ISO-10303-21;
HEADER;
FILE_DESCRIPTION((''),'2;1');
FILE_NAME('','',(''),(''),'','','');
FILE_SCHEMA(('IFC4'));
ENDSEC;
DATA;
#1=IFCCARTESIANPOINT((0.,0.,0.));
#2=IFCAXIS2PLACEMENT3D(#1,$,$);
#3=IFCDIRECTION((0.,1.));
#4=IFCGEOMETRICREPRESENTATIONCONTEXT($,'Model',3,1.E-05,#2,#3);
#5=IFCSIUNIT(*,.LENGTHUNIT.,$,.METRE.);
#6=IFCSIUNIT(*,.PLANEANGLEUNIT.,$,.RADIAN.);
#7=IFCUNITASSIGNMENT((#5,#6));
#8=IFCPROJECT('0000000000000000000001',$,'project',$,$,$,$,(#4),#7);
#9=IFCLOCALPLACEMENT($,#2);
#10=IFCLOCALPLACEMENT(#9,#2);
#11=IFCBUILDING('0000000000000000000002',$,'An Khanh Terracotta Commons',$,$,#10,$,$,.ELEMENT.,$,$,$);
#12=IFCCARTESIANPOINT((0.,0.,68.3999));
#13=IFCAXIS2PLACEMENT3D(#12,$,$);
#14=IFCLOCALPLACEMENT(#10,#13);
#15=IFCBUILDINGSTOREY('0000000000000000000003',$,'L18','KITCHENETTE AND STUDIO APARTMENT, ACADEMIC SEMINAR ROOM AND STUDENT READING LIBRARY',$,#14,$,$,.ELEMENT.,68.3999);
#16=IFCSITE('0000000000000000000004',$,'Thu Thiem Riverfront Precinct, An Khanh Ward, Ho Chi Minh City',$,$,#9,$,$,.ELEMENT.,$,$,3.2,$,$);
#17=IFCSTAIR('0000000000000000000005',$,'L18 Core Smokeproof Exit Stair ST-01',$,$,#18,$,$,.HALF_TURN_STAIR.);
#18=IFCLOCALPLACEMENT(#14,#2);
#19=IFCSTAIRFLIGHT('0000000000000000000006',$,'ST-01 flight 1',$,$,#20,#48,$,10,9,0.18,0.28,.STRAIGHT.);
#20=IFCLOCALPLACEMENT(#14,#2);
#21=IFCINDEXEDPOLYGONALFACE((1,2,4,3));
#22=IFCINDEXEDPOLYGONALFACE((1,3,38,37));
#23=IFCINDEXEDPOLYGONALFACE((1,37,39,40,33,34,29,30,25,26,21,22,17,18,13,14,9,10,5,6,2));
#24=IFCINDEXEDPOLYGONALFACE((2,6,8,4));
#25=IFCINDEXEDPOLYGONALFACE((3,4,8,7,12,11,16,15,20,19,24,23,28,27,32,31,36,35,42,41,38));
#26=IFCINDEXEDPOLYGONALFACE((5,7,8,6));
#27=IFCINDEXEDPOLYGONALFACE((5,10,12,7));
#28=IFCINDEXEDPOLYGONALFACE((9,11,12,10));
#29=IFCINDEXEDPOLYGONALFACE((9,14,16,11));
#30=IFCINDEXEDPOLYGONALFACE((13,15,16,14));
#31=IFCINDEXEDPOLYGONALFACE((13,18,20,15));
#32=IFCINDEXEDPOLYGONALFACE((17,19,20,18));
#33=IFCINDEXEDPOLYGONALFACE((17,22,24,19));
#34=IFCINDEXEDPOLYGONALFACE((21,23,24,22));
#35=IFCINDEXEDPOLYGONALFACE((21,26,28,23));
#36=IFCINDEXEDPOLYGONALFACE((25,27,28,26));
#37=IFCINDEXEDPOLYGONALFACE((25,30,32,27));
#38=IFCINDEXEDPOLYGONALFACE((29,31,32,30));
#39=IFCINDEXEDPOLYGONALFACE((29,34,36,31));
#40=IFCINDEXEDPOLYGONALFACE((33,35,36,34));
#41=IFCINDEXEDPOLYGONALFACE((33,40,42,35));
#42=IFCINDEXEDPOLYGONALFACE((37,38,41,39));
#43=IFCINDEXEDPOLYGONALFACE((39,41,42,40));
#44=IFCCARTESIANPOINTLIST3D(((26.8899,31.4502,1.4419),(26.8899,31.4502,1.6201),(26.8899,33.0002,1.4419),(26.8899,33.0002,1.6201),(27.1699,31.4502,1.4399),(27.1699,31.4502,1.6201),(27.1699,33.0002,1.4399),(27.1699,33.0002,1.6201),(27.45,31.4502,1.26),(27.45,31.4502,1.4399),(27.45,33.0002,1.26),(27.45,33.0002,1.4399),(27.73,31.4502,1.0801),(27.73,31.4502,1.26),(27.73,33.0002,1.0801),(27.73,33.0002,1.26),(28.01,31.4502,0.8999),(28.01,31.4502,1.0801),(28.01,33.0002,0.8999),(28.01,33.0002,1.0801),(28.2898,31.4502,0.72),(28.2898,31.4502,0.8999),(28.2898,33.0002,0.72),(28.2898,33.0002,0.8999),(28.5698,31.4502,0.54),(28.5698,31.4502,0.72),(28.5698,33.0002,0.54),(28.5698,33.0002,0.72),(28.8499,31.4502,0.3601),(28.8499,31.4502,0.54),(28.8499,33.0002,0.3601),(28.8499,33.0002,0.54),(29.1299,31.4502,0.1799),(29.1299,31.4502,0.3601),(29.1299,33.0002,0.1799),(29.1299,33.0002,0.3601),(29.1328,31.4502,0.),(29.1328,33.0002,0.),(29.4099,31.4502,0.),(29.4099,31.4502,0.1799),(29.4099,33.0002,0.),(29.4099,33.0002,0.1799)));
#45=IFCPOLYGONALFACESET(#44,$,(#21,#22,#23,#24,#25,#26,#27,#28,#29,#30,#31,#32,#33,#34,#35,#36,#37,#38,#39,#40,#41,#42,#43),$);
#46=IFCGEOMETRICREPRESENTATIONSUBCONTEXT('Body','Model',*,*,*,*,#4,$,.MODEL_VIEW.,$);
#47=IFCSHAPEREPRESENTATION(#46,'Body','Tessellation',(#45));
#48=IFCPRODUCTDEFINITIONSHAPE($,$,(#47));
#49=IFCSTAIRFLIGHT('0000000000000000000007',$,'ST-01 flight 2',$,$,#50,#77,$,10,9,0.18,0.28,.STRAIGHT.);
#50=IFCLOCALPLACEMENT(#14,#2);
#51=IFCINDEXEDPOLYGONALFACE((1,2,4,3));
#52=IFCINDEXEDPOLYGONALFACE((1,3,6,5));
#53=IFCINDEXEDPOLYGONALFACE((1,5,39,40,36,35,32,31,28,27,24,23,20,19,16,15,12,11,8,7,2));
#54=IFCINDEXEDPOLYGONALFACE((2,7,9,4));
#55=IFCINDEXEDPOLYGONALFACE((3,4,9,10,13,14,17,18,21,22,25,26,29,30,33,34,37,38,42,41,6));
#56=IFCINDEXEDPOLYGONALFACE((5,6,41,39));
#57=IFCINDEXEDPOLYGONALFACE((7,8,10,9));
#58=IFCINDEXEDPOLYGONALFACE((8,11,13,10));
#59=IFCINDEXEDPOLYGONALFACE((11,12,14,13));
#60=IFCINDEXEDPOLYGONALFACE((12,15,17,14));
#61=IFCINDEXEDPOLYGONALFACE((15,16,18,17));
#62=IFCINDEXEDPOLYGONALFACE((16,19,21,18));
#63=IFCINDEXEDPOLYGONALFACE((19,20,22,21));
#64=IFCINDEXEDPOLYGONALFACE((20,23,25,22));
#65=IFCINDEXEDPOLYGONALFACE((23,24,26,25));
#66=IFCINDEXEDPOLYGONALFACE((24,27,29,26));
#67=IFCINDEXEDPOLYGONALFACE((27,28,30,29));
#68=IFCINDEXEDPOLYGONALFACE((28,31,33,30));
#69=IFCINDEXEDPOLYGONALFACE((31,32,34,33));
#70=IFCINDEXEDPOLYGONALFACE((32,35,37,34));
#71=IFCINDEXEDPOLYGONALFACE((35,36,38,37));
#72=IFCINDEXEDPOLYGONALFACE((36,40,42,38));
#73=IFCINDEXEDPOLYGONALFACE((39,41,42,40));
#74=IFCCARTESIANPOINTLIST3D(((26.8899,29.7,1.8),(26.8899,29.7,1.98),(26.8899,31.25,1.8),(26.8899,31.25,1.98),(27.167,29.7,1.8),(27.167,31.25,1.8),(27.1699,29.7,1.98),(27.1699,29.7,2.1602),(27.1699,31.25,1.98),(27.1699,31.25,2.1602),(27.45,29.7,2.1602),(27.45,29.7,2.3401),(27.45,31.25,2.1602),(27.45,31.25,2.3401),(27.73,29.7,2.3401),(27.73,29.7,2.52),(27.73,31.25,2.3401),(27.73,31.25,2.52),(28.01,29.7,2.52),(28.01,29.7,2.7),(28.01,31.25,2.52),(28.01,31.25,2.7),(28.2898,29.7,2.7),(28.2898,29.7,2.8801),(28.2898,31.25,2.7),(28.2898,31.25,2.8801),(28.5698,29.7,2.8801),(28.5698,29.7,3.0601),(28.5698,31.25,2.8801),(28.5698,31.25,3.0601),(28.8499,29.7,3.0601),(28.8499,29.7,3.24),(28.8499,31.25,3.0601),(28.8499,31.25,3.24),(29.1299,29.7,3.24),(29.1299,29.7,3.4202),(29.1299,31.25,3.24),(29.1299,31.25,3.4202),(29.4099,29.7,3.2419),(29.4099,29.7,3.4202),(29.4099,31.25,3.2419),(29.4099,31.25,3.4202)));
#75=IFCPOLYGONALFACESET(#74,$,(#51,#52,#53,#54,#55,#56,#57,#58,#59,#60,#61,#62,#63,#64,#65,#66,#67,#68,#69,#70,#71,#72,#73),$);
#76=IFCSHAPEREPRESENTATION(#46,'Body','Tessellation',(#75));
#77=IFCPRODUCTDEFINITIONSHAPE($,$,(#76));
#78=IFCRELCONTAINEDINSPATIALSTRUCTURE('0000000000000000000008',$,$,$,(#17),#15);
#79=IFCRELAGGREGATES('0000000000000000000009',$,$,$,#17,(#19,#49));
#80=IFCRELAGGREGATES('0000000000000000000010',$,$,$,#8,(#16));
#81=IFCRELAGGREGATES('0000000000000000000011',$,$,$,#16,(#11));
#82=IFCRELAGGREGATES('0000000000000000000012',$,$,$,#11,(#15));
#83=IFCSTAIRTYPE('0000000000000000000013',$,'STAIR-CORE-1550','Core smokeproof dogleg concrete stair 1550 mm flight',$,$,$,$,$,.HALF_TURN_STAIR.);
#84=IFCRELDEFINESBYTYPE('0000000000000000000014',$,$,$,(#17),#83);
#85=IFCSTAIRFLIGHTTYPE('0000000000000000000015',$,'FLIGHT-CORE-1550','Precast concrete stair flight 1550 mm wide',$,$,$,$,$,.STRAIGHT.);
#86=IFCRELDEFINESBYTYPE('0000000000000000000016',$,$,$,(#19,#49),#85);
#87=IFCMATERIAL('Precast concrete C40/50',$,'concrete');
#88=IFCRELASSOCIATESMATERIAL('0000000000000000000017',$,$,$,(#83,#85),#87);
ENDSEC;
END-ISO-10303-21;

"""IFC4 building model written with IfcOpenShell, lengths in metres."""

from ifc_helpers import new_model, si_unit, direction, frame, origin, place, context, subcontext, project, spatial, polyline, outline, extrude, material, type_object, element, aggregate, save


model = new_model("IFC4")

# Units and contexts
model_context = context("Model", 3, precision=1e-05, world=origin(), true_north=direction((0.0, 1.0)))
body_context = subcontext(model_context, "Body", "Model", "MODEL_VIEW")
ifc_project = project(units=[si_unit("LENGTHUNIT", "METRE"), si_unit("PLANEANGLEUNIT", "RADIAN")], contexts=[model_context])

# Site, building, storey
site_placement = place(None, origin())
site = spatial("IfcSite", under=ifc_project, at=site_placement, Name="Thu Thiem Riverfront Precinct, An Khanh Ward, Ho Chi Minh City", CompositionType="ELEMENT", RefElevation=3.2)
building_placement = place(site_placement, origin())
building = spatial("IfcBuilding", under=site, at=building_placement, Name="An Khanh Terracotta Commons", CompositionType="ELEMENT")
storey_placement = place(building_placement, frame((0.0, 0.0, 68.3999)))
storey = spatial("IfcBuildingStorey", under=building, at=storey_placement, Name="L18", Description="KITCHENETTE AND STUDIO APARTMENT, ACADEMIC SEMINAR ROOM AND STUDENT READING LIBRARY", CompositionType="ELEMENT", Elevation=68.3999)

# Stair, stair flights
ifc_material_1 = material(Name="Precast concrete C40/50", Category="concrete")
stair_type = type_object("IfcStairType", Name="STAIR-CORE-1550", Description="Core smokeproof dogleg concrete stair 1550 mm flight", PredefinedType="HALF_TURN_STAIR", material=ifc_material_1)
stair_placement = place(storey_placement, origin())
stair = element("IfcStair", 1, at=stair_placement, inside=storey, type_object=stair_type, Name="L18 Core Smokeproof Exit Stair ST-01", PredefinedType="HALF_TURN_STAIR")
stair_flight_type = type_object("IfcStairFlightType", Name="FLIGHT-CORE-1550", Description="Precast concrete stair flight 1550 mm wide", PredefinedType="STRAIGHT", material=ifc_material_1)
stair_flight_1_placement = place(storey_placement, frame((29.4099, 32.2251, 0.0), z_axis=(0.0, 0.0, 1.0), x_axis=(-1.0, 0.0, 0.0)))
stair_flight_1 = element("IfcStairFlight", 2, at=stair_flight_1_placement, type_object=stair_flight_type, Name="ST-01 flight 1", NumberOfRisers=10, NumberOfTreads=9, PredefinedType="STRAIGHT", RiserHeight=0.18, TreadLength=0.28, context=body_context, shape_type="SweptSolid", body=[
    extrude(outline(polyline([(0.0, 0.0), (0.0, 0.1799), (0.28, 0.1799), (0.28, 0.3601), (0.5601, 0.3601), (0.5601, 0.54), (0.8401, 0.54), (0.8401, 0.72), (1.1201, 0.72), (1.1201, 0.8999), (1.3999, 0.8999), (1.3999, 1.0801), (1.6799, 1.0801), (1.6799, 1.26), (1.96, 1.26), (1.96, 1.4399), (2.24, 1.4399), (2.24, 1.6201), (2.52, 1.6201), (2.52, 1.8), (2.52, 1.4419), (0.2771, 0.0), (0.0, 0.0)])), frame((0.0, 0.7749, 0.0), z_axis=(0.0, -1.0, 0.0), x_axis=(1.0, 0.0, 0.0)), (0.0, 0.0, 1.0), 1.55),
])
stair_flight_2_placement = place(storey_placement, frame((26.8899, 30.4751, 1.8), z_axis=(0.0, 0.0, 1.0), x_axis=(1.0, 0.0, 0.0)))
stair_flight_2 = element("IfcStairFlight", 3, at=stair_flight_2_placement, type_object=stair_flight_type, Name="ST-01 flight 2", NumberOfRisers=10, NumberOfTreads=9, PredefinedType="STRAIGHT", RiserHeight=0.18, TreadLength=0.28, context=body_context, shape_type="SweptSolid", body=[
    extrude(outline(polyline([(0.0, 0.0), (0.0, 0.1799), (0.28, 0.1799), (0.28, 0.3601), (0.5601, 0.3601), (0.5601, 0.54), (0.8401, 0.54), (0.8401, 0.72), (1.1201, 0.72), (1.1201, 0.8999), (1.3999, 0.8999), (1.3999, 1.0801), (1.6799, 1.0801), (1.6799, 1.26), (1.96, 1.26), (1.96, 1.4399), (2.24, 1.4399), (2.24, 1.6201), (2.52, 1.6201), (2.52, 1.8), (2.52, 1.4419), (0.2771, 0.0), (0.0, 0.0)])), frame((0.0, 0.7749, 0.0), z_axis=(0.0, -1.0, 0.0), x_axis=(1.0, 0.0, 0.0)), (0.0, 0.0, 1.0), 1.55),
])
aggregate(stair, [stair_flight_1, stair_flight_2])

save(model, "model.ifc")
